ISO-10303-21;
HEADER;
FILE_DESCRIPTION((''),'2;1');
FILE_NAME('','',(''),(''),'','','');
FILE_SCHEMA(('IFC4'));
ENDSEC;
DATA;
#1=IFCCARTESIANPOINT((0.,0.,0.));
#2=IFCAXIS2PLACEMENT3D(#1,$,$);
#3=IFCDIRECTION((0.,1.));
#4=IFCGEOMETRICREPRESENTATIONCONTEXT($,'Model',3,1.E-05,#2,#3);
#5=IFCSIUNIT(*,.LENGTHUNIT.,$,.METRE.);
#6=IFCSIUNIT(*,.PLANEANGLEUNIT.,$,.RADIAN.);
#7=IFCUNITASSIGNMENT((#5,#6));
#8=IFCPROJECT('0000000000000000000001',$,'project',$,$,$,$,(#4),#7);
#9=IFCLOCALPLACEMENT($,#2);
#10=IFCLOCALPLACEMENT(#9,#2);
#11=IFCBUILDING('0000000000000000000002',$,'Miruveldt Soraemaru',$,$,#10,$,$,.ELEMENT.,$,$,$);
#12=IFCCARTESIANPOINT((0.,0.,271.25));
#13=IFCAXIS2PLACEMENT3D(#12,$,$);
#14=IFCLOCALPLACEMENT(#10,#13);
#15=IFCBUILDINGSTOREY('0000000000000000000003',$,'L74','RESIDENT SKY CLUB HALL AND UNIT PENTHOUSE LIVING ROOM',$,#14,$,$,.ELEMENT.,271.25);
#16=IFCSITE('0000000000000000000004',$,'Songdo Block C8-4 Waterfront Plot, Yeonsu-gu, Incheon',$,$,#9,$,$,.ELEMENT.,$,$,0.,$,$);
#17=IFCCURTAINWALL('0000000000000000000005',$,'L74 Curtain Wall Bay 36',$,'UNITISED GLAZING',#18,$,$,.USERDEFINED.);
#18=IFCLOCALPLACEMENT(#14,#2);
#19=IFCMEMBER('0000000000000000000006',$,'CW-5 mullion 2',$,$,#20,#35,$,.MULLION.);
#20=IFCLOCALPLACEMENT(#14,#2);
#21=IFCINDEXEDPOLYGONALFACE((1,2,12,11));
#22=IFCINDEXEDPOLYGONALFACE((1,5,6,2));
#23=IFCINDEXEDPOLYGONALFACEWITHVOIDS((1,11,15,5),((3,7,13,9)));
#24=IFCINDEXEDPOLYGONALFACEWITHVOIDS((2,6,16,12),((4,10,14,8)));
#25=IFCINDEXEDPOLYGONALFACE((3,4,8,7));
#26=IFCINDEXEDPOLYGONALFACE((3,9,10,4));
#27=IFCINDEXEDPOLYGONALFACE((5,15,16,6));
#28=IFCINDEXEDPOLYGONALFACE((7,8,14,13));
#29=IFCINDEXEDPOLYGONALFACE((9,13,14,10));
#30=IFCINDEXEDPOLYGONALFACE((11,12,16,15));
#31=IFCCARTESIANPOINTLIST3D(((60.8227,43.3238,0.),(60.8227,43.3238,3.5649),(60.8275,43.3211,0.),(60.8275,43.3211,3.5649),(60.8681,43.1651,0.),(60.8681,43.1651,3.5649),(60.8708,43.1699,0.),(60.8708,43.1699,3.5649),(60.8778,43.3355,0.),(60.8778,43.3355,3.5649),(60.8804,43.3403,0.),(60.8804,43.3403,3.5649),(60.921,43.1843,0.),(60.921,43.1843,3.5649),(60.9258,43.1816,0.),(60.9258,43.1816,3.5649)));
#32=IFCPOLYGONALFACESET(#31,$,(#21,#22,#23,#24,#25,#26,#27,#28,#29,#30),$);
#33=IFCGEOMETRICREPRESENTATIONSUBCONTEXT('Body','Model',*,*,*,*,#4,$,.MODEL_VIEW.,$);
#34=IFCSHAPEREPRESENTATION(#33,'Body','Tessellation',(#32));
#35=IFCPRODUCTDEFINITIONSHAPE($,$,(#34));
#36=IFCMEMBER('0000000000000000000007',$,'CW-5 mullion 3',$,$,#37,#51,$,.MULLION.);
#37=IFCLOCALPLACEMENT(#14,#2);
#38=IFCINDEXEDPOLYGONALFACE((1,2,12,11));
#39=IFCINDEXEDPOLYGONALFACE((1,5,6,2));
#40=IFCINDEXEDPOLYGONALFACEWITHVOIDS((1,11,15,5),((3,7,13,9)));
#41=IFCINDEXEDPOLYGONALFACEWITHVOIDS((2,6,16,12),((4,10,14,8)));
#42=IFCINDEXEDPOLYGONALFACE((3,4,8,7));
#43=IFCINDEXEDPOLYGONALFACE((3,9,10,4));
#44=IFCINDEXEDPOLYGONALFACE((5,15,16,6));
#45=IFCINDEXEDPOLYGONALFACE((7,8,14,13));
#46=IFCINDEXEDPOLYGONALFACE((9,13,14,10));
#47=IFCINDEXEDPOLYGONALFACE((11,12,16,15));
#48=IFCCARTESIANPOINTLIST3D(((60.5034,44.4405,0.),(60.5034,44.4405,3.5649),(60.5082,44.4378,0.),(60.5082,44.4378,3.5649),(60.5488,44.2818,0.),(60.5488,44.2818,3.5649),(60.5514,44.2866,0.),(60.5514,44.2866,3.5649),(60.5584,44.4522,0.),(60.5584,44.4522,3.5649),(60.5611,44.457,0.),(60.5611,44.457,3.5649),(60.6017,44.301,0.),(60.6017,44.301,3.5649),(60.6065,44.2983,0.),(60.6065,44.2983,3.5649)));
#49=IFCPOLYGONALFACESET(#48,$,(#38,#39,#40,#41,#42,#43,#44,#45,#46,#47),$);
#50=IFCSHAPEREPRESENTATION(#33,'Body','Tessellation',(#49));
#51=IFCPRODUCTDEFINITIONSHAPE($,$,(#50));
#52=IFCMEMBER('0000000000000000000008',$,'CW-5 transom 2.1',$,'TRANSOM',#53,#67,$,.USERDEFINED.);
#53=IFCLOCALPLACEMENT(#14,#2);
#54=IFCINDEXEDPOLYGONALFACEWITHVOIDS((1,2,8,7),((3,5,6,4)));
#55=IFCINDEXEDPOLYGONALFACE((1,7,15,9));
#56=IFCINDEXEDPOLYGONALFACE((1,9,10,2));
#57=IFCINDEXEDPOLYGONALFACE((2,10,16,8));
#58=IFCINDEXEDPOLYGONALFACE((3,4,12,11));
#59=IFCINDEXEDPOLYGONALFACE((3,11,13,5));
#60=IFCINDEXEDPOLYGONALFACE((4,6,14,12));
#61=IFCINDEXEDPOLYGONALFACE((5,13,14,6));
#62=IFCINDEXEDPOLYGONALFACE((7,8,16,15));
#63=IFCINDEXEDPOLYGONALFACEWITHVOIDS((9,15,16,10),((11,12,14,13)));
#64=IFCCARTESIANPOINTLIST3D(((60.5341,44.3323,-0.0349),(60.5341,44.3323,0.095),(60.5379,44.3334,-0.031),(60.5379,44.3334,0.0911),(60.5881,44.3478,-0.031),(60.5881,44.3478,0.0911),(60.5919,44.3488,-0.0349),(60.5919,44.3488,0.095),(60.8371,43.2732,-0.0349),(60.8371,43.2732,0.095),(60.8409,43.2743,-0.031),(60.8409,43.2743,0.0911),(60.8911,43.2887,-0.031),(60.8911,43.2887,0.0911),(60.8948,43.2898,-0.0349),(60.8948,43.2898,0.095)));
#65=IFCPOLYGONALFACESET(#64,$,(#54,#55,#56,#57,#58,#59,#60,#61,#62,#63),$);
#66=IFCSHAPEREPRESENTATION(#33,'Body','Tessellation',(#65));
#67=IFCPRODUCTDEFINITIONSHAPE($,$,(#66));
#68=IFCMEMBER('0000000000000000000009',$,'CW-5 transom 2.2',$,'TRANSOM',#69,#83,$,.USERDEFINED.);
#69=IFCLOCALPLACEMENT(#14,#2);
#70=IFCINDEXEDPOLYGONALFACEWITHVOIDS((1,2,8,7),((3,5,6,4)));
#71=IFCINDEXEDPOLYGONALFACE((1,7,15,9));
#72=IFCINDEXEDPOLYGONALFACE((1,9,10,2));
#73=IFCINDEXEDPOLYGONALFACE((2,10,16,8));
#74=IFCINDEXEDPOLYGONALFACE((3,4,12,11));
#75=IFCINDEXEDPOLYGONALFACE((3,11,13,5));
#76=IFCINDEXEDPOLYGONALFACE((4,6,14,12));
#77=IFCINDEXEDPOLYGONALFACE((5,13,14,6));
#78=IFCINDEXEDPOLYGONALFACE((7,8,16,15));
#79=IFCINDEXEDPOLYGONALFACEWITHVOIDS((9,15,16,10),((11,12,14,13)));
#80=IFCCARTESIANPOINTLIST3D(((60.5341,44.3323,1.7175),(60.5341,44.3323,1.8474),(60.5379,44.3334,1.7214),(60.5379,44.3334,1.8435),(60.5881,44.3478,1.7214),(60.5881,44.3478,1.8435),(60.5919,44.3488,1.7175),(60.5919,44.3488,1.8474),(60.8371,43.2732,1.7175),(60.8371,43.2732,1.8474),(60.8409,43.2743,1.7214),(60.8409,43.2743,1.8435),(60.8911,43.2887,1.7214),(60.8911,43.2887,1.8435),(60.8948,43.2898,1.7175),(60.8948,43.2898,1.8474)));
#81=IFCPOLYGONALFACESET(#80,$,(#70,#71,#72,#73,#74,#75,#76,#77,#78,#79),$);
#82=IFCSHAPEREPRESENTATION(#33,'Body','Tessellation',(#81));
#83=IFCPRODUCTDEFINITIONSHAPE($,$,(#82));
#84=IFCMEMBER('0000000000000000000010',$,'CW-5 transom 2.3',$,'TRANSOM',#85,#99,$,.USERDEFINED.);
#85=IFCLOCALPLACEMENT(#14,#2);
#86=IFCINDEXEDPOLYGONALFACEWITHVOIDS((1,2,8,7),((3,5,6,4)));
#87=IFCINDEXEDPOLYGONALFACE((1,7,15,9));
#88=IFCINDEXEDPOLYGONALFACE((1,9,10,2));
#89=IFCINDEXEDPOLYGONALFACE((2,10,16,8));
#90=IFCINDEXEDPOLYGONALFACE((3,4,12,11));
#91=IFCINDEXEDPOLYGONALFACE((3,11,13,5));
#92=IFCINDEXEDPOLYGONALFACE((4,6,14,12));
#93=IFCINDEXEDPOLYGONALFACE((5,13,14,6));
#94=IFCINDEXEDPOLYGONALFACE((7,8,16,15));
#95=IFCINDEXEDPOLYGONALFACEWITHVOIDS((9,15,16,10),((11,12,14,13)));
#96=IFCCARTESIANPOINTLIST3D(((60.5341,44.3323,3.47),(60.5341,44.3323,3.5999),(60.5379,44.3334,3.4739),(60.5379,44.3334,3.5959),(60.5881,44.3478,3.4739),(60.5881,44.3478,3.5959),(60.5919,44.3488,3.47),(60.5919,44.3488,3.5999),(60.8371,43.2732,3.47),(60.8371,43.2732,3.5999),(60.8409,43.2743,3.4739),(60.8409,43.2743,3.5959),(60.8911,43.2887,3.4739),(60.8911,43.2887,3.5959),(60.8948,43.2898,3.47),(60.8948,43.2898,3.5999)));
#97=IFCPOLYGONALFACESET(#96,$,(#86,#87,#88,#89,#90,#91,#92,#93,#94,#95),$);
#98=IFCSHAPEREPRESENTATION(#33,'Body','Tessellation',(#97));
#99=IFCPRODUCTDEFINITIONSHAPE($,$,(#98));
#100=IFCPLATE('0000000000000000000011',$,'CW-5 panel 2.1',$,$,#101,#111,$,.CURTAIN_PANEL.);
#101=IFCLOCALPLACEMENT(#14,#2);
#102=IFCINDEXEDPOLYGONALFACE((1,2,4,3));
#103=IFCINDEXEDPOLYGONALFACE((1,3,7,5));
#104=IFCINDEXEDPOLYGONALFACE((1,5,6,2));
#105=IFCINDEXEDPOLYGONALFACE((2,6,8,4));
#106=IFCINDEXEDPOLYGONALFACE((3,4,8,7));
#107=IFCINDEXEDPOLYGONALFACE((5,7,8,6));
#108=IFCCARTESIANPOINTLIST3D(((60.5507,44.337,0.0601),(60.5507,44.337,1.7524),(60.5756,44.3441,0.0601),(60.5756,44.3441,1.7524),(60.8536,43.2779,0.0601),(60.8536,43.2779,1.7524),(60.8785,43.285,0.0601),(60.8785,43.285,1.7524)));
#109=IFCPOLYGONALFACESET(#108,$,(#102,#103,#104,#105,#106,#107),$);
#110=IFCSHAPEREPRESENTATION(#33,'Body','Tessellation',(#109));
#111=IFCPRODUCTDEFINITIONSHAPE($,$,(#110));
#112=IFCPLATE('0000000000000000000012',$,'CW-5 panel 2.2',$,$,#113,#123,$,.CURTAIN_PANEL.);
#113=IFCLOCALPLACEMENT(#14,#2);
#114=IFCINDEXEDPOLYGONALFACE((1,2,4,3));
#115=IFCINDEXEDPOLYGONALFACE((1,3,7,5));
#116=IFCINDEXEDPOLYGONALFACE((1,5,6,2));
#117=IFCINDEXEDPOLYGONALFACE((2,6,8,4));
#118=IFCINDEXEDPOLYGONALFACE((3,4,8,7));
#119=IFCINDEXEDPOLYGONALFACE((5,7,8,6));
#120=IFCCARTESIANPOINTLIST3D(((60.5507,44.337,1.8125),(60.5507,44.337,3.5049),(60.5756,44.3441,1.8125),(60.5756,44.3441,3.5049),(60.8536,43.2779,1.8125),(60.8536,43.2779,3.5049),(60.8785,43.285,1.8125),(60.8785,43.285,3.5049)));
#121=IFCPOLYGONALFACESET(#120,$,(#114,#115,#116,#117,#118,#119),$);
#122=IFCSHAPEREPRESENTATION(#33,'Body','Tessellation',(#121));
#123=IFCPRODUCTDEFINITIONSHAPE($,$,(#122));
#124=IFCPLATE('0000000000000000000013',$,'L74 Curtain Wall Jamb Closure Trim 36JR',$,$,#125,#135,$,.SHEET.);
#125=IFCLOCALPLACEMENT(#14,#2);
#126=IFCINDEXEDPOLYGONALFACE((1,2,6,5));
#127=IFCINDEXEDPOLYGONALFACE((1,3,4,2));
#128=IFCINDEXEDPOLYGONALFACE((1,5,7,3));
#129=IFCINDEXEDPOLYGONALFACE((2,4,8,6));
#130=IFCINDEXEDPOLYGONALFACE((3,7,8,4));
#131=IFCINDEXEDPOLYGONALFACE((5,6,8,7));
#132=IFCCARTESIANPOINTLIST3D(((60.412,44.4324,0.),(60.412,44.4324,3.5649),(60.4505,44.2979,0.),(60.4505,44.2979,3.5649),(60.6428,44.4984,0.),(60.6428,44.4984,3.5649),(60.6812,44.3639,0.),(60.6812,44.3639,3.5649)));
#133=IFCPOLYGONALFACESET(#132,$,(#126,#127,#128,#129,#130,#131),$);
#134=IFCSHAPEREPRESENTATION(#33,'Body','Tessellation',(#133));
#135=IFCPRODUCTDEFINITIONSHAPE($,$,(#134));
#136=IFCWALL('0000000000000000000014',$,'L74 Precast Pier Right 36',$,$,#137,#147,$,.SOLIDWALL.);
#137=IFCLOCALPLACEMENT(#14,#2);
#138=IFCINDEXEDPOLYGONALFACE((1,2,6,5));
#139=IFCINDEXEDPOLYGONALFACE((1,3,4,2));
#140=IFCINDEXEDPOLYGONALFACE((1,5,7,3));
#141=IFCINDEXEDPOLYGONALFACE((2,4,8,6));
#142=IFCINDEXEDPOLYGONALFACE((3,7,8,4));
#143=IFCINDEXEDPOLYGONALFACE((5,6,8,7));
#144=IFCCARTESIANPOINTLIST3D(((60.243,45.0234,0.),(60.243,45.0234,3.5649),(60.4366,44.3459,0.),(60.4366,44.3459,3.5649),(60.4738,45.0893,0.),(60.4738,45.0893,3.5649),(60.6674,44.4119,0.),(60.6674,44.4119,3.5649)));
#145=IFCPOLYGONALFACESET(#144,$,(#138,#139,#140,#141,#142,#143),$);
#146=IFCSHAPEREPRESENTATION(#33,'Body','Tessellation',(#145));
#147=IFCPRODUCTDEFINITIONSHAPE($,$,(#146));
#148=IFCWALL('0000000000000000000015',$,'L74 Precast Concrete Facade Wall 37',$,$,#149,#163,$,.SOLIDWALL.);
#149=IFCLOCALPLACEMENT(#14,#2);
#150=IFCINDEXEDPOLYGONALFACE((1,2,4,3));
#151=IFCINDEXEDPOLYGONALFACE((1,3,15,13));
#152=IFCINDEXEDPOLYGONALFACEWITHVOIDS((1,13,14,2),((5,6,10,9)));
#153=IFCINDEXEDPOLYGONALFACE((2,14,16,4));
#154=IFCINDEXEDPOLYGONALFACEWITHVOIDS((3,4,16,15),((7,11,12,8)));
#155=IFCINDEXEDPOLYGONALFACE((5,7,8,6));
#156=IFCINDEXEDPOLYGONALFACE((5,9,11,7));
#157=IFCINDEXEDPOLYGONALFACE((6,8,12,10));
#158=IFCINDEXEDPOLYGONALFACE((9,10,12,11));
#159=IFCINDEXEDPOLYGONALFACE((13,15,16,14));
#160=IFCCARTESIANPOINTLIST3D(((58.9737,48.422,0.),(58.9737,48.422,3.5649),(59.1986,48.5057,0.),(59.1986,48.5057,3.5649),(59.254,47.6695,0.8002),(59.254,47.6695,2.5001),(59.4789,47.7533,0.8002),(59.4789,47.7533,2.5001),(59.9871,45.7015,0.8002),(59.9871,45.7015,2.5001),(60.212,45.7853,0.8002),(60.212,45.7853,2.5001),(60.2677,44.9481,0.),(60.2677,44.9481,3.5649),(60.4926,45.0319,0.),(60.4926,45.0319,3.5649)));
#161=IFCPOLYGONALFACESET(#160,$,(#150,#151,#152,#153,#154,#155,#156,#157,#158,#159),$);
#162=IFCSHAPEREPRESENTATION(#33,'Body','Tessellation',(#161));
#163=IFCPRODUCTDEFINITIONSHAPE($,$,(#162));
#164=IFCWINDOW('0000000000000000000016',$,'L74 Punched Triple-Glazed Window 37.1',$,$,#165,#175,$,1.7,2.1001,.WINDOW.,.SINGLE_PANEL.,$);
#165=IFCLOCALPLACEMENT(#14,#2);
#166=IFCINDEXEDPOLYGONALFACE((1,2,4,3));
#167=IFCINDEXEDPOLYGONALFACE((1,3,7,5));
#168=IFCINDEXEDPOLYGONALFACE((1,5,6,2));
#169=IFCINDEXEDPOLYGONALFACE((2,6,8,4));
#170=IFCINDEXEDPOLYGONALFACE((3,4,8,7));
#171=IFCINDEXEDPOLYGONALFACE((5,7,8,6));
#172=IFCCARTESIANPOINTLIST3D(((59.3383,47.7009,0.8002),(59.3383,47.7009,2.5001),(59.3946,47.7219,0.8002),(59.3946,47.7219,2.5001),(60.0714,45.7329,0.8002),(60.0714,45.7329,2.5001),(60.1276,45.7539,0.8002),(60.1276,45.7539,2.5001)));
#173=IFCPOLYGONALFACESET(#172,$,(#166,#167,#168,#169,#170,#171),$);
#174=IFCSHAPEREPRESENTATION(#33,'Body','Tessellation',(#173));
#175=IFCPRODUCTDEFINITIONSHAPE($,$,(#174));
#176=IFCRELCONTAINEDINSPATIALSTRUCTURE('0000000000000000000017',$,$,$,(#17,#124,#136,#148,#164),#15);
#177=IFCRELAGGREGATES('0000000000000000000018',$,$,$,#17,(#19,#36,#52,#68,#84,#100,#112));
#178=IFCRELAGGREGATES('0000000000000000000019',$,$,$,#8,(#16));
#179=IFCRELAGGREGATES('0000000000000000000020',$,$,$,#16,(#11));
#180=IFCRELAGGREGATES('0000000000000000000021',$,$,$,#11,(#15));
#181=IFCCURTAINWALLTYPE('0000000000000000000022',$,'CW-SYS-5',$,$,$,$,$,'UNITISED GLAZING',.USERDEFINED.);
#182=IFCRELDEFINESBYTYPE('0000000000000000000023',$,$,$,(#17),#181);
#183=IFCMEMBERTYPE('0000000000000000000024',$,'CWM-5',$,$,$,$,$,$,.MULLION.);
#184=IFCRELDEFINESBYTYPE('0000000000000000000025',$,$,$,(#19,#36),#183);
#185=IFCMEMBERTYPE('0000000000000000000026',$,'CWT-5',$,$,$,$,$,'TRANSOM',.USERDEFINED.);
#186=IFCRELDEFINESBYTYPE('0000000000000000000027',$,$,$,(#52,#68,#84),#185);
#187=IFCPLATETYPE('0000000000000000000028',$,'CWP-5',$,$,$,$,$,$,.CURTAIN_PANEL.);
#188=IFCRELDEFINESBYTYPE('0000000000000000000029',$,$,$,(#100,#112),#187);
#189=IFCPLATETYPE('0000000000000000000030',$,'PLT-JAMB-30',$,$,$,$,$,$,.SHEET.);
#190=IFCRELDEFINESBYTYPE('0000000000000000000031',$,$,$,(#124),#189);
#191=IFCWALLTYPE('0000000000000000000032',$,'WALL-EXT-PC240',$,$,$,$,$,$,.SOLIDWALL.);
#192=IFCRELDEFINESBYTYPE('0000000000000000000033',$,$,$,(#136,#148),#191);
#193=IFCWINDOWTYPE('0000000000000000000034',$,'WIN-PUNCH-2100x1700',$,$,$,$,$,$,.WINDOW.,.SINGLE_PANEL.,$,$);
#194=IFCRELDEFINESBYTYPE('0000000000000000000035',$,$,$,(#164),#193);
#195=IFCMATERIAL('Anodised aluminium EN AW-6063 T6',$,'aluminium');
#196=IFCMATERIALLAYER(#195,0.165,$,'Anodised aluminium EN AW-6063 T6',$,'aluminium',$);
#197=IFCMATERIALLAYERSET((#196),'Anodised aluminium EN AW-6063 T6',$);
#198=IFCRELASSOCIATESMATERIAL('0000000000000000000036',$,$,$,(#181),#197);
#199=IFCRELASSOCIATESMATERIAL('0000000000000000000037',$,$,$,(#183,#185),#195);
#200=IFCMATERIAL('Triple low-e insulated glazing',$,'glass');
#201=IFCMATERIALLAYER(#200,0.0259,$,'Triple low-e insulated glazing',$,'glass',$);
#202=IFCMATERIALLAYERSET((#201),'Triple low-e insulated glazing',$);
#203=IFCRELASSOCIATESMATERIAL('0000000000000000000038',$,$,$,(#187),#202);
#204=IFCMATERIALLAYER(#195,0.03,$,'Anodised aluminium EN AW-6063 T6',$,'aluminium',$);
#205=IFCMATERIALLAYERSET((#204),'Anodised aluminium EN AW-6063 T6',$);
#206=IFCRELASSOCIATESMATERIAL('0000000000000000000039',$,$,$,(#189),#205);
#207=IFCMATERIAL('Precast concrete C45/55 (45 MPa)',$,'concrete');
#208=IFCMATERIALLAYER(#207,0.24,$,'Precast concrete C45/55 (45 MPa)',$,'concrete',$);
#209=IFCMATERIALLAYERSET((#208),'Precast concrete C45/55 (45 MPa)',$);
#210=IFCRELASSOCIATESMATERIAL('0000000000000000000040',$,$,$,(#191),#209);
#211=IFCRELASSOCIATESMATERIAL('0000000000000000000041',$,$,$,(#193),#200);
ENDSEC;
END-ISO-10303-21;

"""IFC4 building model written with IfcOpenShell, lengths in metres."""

from ifc_helpers import new_model, si_unit, direction, frame, frame_2d, origin, origin_2d, place, context, subcontext, project, spatial, rectangle, hollow_rectangle, extrude, material, layer, layer_set, material_profile, profile_set, type_object, element, fill, aggregate, save


model = new_model("IFC4")

# Units and contexts
model_context = context("Model", 3, precision=1e-05, world=origin(), true_north=direction((0.0, 1.0)))
body_context = subcontext(model_context, "Body", "Model", "MODEL_VIEW")
ifc_project = project(units=[si_unit("LENGTHUNIT", "METRE"), si_unit("PLANEANGLEUNIT", "RADIAN")], contexts=[model_context])

# Site, building, storey
site_placement = place(None, origin())
site = spatial("IfcSite", under=ifc_project, at=site_placement, Name="Songdo Block C8-4 Waterfront Plot, Yeonsu-gu, Incheon", CompositionType="ELEMENT", RefElevation=0.0)
building_placement = place(site_placement, origin())
building = spatial("IfcBuilding", under=site, at=building_placement, Name="Miruveldt Soraemaru", CompositionType="ELEMENT")
storey_placement = place(building_placement, frame((0.0, 0.0, 271.25)))
storey = spatial("IfcBuildingStorey", under=building, at=storey_placement, Name="L74", Description="RESIDENT SKY CLUB HALL AND UNIT PENTHOUSE LIVING ROOM", CompositionType="ELEMENT", Elevation=271.25)

# Curtain wall, members, plates
ifc_material_1 = material(Name="Anodised aluminium EN AW-6063 T6", Category="aluminium")
ifc_layer_1 = layer(ifc_material_1, 0.165, Name="Anodised aluminium EN AW-6063 T6", Category="aluminium")
ifc_layer_set_1 = layer_set([ifc_layer_1], Name="Anodised aluminium EN AW-6063 T6")
curtain_wall_type = type_object("IfcCurtainWallType", Name="CW-SYS-5", ElementType="UNITISED GLAZING", PredefinedType="USERDEFINED", material=ifc_layer_set_1)
curtain_wall_placement = place(storey_placement, origin())
curtain_wall = element("IfcCurtainWall", 1, at=curtain_wall_placement, inside=storey, type_object=curtain_wall_type, Name="L74 Curtain Wall Bay 36", ObjectType="UNITISED GLAZING", PredefinedType="USERDEFINED")
ifc_material_profile_1 = material_profile(ifc_material_1, hollow_rectangle(XDim=0.0601, YDim=0.165, WallThickness=0.0039, at=origin_2d()), Name="Anodised aluminium EN AW-6063 T6", Category="aluminium")
ifc_profile_set_1 = profile_set([ifc_material_profile_1], Name="Anodised aluminium EN AW-6063 T6")
member_type_1 = type_object("IfcMemberType", Name="CWM-5", PredefinedType="MULLION", material=ifc_profile_set_1)
member_1_placement = place(storey_placement, frame((60.8743, 43.2527, 0.0), z_axis=(0.0, 0.0, 1.0), x_axis=(-0.961449, -0.274982, 0.0)))
member_1 = element("IfcMember", 2, at=member_1_placement, type_object=member_type_1, Name="CW-5 mullion 2", PredefinedType="MULLION", context=body_context, shape_type="SweptSolid", body=[
    extrude(hollow_rectangle(XDim=0.0601, YDim=0.165, WallThickness=0.0039, at=origin_2d()), origin(), (0.0, 0.0, 1.0), 3.5649),
])
member_2_placement = place(storey_placement, frame((60.5549, 44.3694, 0.0), z_axis=(0.0, 0.0, 1.0), x_axis=(-0.961449, -0.274982, 0.0)))
member_2 = element("IfcMember", 3, at=member_2_placement, type_object=member_type_1, Name="CW-5 mullion 3", PredefinedType="MULLION", context=body_context, shape_type="SweptSolid", body=[
    extrude(hollow_rectangle(XDim=0.0601, YDim=0.165, WallThickness=0.0039, at=origin_2d()), origin(), (0.0, 0.0, 1.0), 3.5649),
])
ifc_material_profile_2 = material_profile(ifc_material_1, hollow_rectangle(XDim=0.0601, YDim=0.1299, WallThickness=0.0039, at=origin_2d()), Name="Anodised aluminium EN AW-6063 T6", Category="aluminium")
ifc_profile_set_2 = profile_set([ifc_material_profile_2], Name="Anodised aluminium EN AW-6063 T6")
member_type_2 = type_object("IfcMemberType", Name="CWT-5", ElementType="TRANSOM", PredefinedType="USERDEFINED", material=ifc_profile_set_2)
member_3_placement = place(storey_placement, frame((60.866, 43.2815, 0.03), z_axis=(-0.275043, 0.961432, 0.0), x_axis=(-0.961432, -0.275043, 0.0)))
member_3 = element("IfcMember", 4, at=member_3_placement, type_object=member_type_2, Name="CW-5 transom 2.1", ObjectType="TRANSOM", PredefinedType="USERDEFINED", context=body_context, shape_type="SweptSolid", body=[
    extrude(hollow_rectangle(XDim=0.0601, YDim=0.1299, WallThickness=0.0039, at=origin_2d()), origin(), (0.0, 0.0, 1.0), 1.1016),
])
member_4_placement = place(storey_placement, frame((60.866, 43.2815, 1.7825), z_axis=(-0.275043, 0.961432, 0.0), x_axis=(-0.961432, -0.275043, 0.0)))
member_4 = element("IfcMember", 5, at=member_4_placement, type_object=member_type_2, Name="CW-5 transom 2.2", ObjectType="TRANSOM", PredefinedType="USERDEFINED", context=body_context, shape_type="SweptSolid", body=[
    extrude(hollow_rectangle(XDim=0.0601, YDim=0.1299, WallThickness=0.0039, at=origin_2d()), origin(), (0.0, 0.0, 1.0), 1.1016),
])
member_5_placement = place(storey_placement, frame((60.866, 43.2815, 3.5349), z_axis=(-0.275043, 0.961432, 0.0), x_axis=(-0.961432, -0.275043, 0.0)))
member_5 = element("IfcMember", 6, at=member_5_placement, type_object=member_type_2, Name="CW-5 transom 2.3", ObjectType="TRANSOM", PredefinedType="USERDEFINED", context=body_context, shape_type="SweptSolid", body=[
    extrude(hollow_rectangle(XDim=0.0601, YDim=0.1299, WallThickness=0.0039, at=origin_2d()), origin(), (0.0, 0.0, 1.0), 1.1016),
])
ifc_material_2 = material(Name="Triple low-e insulated glazing", Category="glass")
ifc_layer_2 = layer(ifc_material_2, 0.0259, Name="Triple low-e insulated glazing", Category="glass")
ifc_layer_set_2 = layer_set([ifc_layer_2], Name="Triple low-e insulated glazing")
plate_type_1 = type_object("IfcPlateType", Name="CWP-5", PredefinedType="CURTAIN_PANEL", material=ifc_layer_set_2)
plate_1_placement = place(storey_placement, frame((60.7146, 43.811, 0.0601), z_axis=(0.0, 0.0, 1.0), x_axis=(-0.274982, 0.961449, 0.0)))
plate_1 = element("IfcPlate", 7, at=plate_1_placement, type_object=plate_type_1, Name="CW-5 panel 2.1", PredefinedType="CURTAIN_PANEL", context=body_context, shape_type="SweptSolid", body=[
    extrude(rectangle(XDim=1.1016, YDim=0.0259, at=origin_2d()), origin(), (0.0, 0.0, 1.0), 1.6924),
])
plate_2_placement = place(storey_placement, frame((60.7146, 43.811, 1.8125), z_axis=(0.0, 0.0, 1.0), x_axis=(-0.274982, 0.961449, 0.0)))
plate_2 = element("IfcPlate", 8, at=plate_2_placement, type_object=plate_type_1, Name="CW-5 panel 2.2", PredefinedType="CURTAIN_PANEL", context=body_context, shape_type="SweptSolid", body=[
    extrude(rectangle(XDim=1.1016, YDim=0.0259, at=origin_2d()), origin(), (0.0, 0.0, 1.0), 1.6924),
])
aggregate(curtain_wall, [member_1, member_2, member_3, member_4, member_5, plate_1, plate_2])

# Plate
ifc_layer_3 = layer(ifc_material_1, 0.03, Name="Anodised aluminium EN AW-6063 T6", Category="aluminium")
ifc_layer_set_3 = layer_set([ifc_layer_3], Name="Anodised aluminium EN AW-6063 T6")
plate_type_2 = type_object("IfcPlateType", Name="PLT-JAMB-30", PredefinedType="SHEET", material=ifc_layer_set_3)
plate_3_placement = place(storey_placement, frame((60.5466, 44.3982, 0.0), z_axis=(0.0, 0.0, 1.0), x_axis=(-0.274966, 0.961454, 0.0)))
element("IfcPlate", 9, at=plate_3_placement, inside=storey, type_object=plate_type_2, Name="L74 Curtain Wall Jamb Closure Trim 36JR", PredefinedType="SHEET", context=body_context, shape_type="SweptSolid", body=[
    extrude(rectangle(XDim=0.1399, YDim=0.24, at=origin_2d()), origin(), (0.0, 0.0, 1.0), 3.5649),
])

# Wall
ifc_material_3 = material(Name="Precast concrete C45/55 (45 MPa)", Category="concrete")
ifc_layer_4 = layer(ifc_material_3, 0.24, Name="Precast concrete C45/55 (45 MPa)", Category="concrete")
ifc_layer_set_4 = layer_set([ifc_layer_4], Name="Precast concrete C45/55 (45 MPa)")
wall_type_1 = type_object("IfcWallType", Name="WALL-EXT-PC240", PredefinedType="SOLIDWALL", material=ifc_layer_set_4)
wall_1_placement = place(storey_placement, frame((60.552, 44.3789, 0.0), z_axis=(0.0, 0.0, 1.0), x_axis=(-0.274767, 0.961511, 0.0)))
element("IfcWall", 10, at=wall_1_placement, inside=storey, type_object=wall_type_1, Name="L74 Precast Pier Right 36", PredefinedType="SOLIDWALL", context=body_context, shape_type="SweptSolid", body=[
    extrude(rectangle(XDim=0.7046, YDim=0.24, at=frame_2d((0.3523, 0.0))), origin(), (0.0, 0.0, 1.0), 3.5649),
])

# Wall, opening, window
wall_2_placement = place(storey_placement, frame((60.3801, 44.99, 0.0), z_axis=(0.0, 0.0, 1.0), x_axis=(-0.349051, 0.937104, 0.0)))
wall_2 = element("IfcWall", 11, at=wall_2_placement, inside=storey, type_object=wall_type_1, Name="L74 Precast Concrete Facade Wall 37", PredefinedType="SOLIDWALL", context=body_context, shape_type="SweptSolid", body=[
    extrude(rectangle(XDim=3.707, YDim=0.24, at=frame_2d((1.8535, 0.0))), origin(), (0.0, 0.0, 1.0), 3.5649),
])
opening_1_placement = place(wall_2_placement, frame((0.804, 0.0, 0.8)))
opening_1 = element("IfcOpeningElement", 12, at=opening_1_placement, cuts=wall_2, PredefinedType="OPENING", context=body_context, shape_type="SweptSolid", body=[
    extrude(rectangle(XDim=2.1001, YDim=1.7, at=frame_2d((1.05, 0.8501))), frame((0.0, 0.1299, 0.0), z_axis=(0.0, -1.0, 0.0), x_axis=(1.0, 0.0, 0.0)), (0.0, 0.0, 1.0), 0.26),
])
window_type = type_object("IfcWindowType", Name="WIN-PUNCH-2100x1700", PartitioningType="SINGLE_PANEL", PredefinedType="WINDOW", material=ifc_material_2)
window_placement = place(opening_1_placement, origin())
window = element("IfcWindow", 13, at=window_placement, inside=storey, type_object=window_type, Name="L74 Punched Triple-Glazed Window 37.1", OverallHeight=1.7, OverallWidth=2.1001, PartitioningType="SINGLE_PANEL", PredefinedType="WINDOW", context=body_context, shape_type="SweptSolid", body=[
    extrude(rectangle(XDim=2.1001, YDim=1.7, at=frame_2d((1.05, 0.8501))), frame((0.0, 0.03, 0.0), z_axis=(0.0, -1.0, 0.0), x_axis=(1.0, 0.0, 0.0)), (0.0, 0.0, 1.0), 0.0601),
])
fill(opening_1, window)

save(model, "model.ifc")
